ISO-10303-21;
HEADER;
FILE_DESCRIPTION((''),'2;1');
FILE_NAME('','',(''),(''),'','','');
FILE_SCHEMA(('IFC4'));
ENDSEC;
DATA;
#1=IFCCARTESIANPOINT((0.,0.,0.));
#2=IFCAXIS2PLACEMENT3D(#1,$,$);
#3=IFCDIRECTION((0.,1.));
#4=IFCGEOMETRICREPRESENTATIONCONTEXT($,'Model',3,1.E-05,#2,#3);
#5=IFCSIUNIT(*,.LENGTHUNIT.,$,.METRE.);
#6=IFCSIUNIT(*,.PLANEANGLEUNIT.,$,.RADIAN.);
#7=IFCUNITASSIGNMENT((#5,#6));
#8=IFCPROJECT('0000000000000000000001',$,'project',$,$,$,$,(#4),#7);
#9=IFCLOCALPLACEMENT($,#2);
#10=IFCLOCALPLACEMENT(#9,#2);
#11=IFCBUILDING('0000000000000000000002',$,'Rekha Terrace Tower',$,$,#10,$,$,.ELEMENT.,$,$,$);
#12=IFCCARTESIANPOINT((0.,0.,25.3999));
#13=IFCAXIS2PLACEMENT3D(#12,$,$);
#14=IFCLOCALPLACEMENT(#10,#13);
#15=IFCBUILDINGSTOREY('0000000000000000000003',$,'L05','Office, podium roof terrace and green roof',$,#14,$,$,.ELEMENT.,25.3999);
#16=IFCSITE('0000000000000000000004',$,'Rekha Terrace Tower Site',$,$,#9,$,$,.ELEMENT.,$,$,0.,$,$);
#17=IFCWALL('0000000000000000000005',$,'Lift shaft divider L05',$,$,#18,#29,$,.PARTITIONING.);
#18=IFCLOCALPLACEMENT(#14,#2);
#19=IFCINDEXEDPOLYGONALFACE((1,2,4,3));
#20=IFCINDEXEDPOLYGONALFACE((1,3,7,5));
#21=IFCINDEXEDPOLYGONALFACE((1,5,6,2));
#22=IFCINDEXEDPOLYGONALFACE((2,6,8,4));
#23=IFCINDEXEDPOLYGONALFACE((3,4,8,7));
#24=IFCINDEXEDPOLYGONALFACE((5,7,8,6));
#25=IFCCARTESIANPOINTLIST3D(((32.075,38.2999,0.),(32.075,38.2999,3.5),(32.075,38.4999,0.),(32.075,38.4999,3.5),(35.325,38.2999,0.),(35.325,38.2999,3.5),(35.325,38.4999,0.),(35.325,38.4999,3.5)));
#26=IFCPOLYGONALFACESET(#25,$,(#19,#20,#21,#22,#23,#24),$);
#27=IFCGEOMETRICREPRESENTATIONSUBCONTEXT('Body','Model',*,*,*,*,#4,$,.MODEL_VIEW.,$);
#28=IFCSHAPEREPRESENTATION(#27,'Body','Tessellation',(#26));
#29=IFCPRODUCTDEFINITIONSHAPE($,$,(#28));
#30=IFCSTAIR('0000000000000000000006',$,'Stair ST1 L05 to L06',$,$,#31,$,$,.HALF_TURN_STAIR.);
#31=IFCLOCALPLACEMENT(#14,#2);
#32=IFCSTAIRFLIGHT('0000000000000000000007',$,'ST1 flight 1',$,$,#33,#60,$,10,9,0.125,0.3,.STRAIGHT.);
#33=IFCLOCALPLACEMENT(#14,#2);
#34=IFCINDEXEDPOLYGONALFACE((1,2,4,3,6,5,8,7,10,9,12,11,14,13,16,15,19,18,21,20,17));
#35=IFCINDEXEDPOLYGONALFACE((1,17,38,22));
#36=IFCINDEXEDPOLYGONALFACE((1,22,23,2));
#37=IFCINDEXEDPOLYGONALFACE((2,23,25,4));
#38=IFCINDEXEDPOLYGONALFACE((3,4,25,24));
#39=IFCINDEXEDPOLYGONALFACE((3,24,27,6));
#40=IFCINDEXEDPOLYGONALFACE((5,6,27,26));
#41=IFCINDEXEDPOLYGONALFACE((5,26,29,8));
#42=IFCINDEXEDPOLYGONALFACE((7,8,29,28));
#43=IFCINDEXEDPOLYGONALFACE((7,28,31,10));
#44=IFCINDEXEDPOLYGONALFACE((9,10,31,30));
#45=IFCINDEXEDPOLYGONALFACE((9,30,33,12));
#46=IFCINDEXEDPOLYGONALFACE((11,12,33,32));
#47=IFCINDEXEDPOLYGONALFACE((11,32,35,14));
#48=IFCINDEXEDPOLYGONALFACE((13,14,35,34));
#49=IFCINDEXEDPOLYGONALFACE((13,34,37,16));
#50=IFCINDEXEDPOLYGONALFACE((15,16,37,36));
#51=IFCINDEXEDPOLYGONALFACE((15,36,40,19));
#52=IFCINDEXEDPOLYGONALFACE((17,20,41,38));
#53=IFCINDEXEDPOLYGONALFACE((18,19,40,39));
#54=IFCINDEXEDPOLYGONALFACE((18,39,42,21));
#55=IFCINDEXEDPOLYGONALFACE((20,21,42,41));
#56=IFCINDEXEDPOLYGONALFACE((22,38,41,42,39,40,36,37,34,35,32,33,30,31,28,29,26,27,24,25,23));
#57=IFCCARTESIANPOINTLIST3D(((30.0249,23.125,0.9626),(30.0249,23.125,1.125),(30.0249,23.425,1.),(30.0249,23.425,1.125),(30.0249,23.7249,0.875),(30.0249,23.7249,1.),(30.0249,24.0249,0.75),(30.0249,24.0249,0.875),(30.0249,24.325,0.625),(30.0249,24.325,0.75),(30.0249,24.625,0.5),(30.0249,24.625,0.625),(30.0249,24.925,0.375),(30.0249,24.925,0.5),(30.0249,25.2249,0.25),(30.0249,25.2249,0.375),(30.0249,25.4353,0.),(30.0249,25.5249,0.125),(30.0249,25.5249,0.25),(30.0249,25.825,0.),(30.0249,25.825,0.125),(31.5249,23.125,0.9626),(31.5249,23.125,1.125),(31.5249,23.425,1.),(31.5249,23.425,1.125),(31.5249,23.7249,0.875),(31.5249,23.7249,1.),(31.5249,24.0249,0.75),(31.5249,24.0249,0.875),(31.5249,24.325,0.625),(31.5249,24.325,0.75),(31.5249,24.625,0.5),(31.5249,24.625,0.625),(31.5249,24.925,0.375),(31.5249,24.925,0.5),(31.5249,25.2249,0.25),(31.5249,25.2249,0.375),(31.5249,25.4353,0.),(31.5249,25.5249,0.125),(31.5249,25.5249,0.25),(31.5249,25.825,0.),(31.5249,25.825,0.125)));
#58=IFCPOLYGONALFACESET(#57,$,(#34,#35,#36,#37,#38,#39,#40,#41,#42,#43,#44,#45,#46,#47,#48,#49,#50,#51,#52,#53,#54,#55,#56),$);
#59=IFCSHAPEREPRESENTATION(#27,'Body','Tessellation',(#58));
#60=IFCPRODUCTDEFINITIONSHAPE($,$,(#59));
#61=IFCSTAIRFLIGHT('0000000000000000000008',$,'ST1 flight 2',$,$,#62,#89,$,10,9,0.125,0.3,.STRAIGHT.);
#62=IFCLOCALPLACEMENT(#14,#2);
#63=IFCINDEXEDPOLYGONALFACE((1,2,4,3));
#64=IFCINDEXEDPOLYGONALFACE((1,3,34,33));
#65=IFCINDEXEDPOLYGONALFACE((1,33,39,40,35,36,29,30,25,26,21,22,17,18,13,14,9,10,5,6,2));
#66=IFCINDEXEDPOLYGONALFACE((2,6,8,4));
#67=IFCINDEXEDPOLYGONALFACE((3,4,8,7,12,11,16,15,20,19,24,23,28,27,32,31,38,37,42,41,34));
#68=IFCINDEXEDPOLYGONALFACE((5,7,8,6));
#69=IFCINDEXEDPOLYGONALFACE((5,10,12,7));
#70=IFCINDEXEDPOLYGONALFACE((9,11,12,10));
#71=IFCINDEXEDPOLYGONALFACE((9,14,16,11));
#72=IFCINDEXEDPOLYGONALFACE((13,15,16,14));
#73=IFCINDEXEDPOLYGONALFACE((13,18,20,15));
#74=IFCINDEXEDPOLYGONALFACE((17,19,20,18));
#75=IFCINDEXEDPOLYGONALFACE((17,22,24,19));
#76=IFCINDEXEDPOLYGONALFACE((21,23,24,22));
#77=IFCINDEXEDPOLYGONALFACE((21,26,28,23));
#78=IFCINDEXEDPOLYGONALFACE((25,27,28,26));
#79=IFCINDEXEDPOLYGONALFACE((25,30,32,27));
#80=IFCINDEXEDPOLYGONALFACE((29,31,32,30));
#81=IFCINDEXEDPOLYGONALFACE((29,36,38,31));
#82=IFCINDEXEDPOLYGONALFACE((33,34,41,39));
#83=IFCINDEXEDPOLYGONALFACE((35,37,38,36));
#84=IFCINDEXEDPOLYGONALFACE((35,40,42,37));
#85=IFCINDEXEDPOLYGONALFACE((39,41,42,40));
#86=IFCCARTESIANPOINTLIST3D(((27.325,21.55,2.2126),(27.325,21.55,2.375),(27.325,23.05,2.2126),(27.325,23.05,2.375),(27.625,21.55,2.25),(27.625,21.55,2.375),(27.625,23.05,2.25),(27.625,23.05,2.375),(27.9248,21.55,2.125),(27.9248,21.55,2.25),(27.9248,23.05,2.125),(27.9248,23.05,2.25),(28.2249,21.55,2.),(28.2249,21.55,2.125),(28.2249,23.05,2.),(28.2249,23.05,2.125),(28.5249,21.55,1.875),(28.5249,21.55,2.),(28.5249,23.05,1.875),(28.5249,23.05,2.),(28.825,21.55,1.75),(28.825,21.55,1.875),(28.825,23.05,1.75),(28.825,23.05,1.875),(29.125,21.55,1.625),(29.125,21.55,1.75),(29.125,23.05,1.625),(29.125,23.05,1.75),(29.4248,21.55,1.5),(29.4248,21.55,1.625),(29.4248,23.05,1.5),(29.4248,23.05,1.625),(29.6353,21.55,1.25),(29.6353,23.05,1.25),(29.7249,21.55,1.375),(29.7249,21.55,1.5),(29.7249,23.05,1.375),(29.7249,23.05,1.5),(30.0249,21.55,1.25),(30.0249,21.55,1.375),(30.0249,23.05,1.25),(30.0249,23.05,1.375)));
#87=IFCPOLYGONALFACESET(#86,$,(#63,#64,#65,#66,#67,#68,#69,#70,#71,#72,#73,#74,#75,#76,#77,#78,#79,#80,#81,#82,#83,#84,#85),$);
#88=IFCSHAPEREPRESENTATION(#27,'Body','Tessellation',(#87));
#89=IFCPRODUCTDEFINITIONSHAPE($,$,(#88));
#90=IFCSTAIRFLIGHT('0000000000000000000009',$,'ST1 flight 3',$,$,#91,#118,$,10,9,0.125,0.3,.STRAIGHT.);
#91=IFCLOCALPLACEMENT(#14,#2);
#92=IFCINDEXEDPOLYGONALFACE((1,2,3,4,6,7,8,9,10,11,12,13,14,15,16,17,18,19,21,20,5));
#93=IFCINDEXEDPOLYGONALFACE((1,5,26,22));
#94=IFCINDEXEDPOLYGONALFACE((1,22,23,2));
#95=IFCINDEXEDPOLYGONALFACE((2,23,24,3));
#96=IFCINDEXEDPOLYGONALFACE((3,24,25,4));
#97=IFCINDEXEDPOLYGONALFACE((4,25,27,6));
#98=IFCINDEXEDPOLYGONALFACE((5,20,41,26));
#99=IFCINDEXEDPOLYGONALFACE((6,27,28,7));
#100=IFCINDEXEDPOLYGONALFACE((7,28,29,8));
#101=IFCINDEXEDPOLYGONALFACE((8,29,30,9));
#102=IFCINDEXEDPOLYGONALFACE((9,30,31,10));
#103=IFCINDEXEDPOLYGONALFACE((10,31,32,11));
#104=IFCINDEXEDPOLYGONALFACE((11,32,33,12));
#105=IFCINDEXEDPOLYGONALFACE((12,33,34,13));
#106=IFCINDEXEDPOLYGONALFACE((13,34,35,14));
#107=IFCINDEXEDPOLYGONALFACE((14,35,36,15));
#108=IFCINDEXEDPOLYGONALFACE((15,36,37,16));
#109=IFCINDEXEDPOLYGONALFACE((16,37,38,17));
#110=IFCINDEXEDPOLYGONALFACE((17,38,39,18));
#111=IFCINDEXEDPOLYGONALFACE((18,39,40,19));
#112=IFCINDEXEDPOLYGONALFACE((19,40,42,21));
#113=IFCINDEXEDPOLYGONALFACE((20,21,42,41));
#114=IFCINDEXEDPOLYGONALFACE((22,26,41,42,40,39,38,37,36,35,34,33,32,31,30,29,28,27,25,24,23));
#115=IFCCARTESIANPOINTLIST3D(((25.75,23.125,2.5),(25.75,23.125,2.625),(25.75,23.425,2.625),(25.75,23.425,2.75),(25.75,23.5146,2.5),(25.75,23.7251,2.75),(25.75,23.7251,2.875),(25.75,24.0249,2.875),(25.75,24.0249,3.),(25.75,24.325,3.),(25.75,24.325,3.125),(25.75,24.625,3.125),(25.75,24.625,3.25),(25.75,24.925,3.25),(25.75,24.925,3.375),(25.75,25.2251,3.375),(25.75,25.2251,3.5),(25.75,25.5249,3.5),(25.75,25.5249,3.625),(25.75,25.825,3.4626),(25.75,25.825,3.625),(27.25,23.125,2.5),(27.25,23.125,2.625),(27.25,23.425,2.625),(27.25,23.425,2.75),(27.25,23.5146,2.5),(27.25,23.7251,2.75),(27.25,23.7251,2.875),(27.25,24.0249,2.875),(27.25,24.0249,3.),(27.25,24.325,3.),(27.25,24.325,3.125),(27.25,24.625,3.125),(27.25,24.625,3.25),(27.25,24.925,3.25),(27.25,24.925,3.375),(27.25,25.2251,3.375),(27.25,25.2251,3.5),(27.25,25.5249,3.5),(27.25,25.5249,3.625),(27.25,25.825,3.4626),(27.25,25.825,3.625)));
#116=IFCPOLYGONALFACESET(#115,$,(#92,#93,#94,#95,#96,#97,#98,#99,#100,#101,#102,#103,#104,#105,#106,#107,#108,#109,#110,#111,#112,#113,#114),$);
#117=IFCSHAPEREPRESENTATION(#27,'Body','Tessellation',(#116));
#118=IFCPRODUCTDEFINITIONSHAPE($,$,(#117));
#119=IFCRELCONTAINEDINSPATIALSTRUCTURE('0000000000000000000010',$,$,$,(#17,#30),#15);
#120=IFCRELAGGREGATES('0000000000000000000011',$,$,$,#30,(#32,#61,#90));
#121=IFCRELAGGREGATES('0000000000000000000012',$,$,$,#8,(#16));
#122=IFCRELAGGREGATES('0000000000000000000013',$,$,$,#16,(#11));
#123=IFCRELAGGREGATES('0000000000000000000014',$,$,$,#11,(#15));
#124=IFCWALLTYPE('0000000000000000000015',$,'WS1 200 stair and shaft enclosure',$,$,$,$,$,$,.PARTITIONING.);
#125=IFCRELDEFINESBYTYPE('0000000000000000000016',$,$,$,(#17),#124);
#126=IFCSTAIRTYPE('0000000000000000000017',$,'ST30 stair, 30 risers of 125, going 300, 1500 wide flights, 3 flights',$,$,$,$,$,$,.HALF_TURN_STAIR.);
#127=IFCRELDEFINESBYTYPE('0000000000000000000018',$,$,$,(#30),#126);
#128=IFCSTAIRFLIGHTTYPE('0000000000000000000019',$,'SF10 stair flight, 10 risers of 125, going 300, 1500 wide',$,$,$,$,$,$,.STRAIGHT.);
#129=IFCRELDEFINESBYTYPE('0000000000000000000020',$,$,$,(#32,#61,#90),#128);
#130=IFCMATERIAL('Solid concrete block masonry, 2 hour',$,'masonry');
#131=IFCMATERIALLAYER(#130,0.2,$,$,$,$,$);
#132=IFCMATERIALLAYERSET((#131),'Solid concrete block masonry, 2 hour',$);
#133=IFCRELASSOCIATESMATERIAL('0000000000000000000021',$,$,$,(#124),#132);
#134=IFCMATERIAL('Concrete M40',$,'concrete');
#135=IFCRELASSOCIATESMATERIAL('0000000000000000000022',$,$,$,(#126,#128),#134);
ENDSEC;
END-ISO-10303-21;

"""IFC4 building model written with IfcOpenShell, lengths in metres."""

from ifc_helpers import new_model, si_unit, direction, frame, frame_2d, origin, place, context, subcontext, project, spatial, polyline, rectangle, outline, extrude, material, layer, layer_set, type_object, element, aggregate, save


model = new_model("IFC4")

# Units and contexts
model_context = context("Model", 3, precision=1e-05, world=origin(), true_north=direction((0.0, 1.0)))
body_context = subcontext(model_context, "Body", "Model", "MODEL_VIEW")
ifc_project = project(units=[si_unit("LENGTHUNIT", "METRE"), si_unit("PLANEANGLEUNIT", "RADIAN")], contexts=[model_context])

# Site, building, storey
site_placement = place(None, origin())
site = spatial("IfcSite", under=ifc_project, at=site_placement, Name="Rekha Terrace Tower Site", CompositionType="ELEMENT", RefElevation=0.0)
building_placement = place(site_placement, origin())
building = spatial("IfcBuilding", under=site, at=building_placement, Name="Rekha Terrace Tower", CompositionType="ELEMENT")
storey_placement = place(building_placement, frame((0.0, 0.0, 25.3999)))
storey = spatial("IfcBuildingStorey", under=building, at=storey_placement, Name="L05", Description="Office, podium roof terrace and green roof", CompositionType="ELEMENT", Elevation=25.3999)

# Wall
ifc_material_1 = material(Name="Solid concrete block masonry, 2 hour", Category="masonry")
ifc_layer_1 = layer(ifc_material_1, 0.2)
ifc_layer_set_1 = layer_set([ifc_layer_1], Name="Solid concrete block masonry, 2 hour")
wall_type_1 = type_object("IfcWallType", Name="WS1 200 stair and shaft enclosure", PredefinedType="PARTITIONING", material=ifc_layer_set_1)
for number, where, z_axis, x_axis, name in (
    (1, (32.075, 38.3999, 0.0), (0.0, 0.0, 1.0), (1.0, 0.0, 0.0), "Lift shaft divider L05"),
):
    element("IfcWall", number, at=place(storey_placement, frame(where, z_axis=z_axis, x_axis=x_axis)), inside=storey, type_object=wall_type_1, Name=name, PredefinedType="PARTITIONING", context=body_context, shape_type="SweptSolid", body=[
        extrude(rectangle(XDim=3.25, YDim=0.2, at=frame_2d((1.625, 0.0))), origin(), (0.0, 0.0, 1.0), 3.5),
    ])

# Stair, stair flights
ifc_material_2 = material(Name="Concrete M40", Category="concrete")
stair_type = type_object("IfcStairType", Name="ST30 stair, 30 risers of 125, going 300, 1500 wide flights, 3 flights", PredefinedType="HALF_TURN_STAIR", material=ifc_material_2)
stair_placement = place(storey_placement, origin())
stair = element("IfcStair", 2, at=stair_placement, inside=storey, type_object=stair_type, Name="Stair ST1 L05 to L06", PredefinedType="HALF_TURN_STAIR")
stair_flight_type = type_object("IfcStairFlightType", Name="SF10 stair flight, 10 risers of 125, going 300, 1500 wide", PredefinedType="STRAIGHT", material=ifc_material_2)
stair_flight_1_placement = place(storey_placement, frame((30.7749, 25.825, 0.0), z_axis=(0.0, 0.0, 1.0), x_axis=(0.0, -1.0, 0.0)))
stair_flight_1 = element("IfcStairFlight", 3, at=stair_flight_1_placement, type_object=stair_flight_type, Name="ST1 flight 1", NumberOfRisers=10, NumberOfTreads=9, PredefinedType="STRAIGHT", RiserHeight=0.125, TreadLength=0.3, context=body_context, shape_type="SweptSolid", body=[
    extrude(outline(polyline([(0.0, 0.0), (0.0, 0.125), (0.3, 0.125), (0.3, 0.25), (0.6001, 0.25), (0.6001, 0.375), (0.8999, 0.375), (0.8999, 0.5), (1.2, 0.5), (1.2, 0.625), (1.5, 0.625), (1.5, 0.75), (1.8, 0.75), (1.8, 0.875), (2.1001, 0.875), (2.1001, 1.0), (2.3999, 1.0), (2.3999, 1.125), (2.7, 1.125), (2.7, 1.25), (2.7, 0.9626), (0.3896, 0.0), (0.0, 0.0)])), frame((0.0, 0.75, 0.0), z_axis=(0.0, -1.0, 0.0), x_axis=(1.0, 0.0, 0.0)), (0.0, 0.0, 1.0), 1.5),
])
stair_flight_2_placement = place(storey_placement, frame((30.0249, 22.3, 1.25), z_axis=(0.0, 0.0, 1.0), x_axis=(-1.0, 0.0, 0.0)))
stair_flight_2 = element("IfcStairFlight", 4, at=stair_flight_2_placement, type_object=stair_flight_type, Name="ST1 flight 2", NumberOfRisers=10, NumberOfTreads=9, PredefinedType="STRAIGHT", RiserHeight=0.125, TreadLength=0.3, context=body_context, shape_type="SweptSolid", body=[
    extrude(outline(polyline([(0.0, 0.0), (0.0, 0.125), (0.3, 0.125), (0.3, 0.25), (0.6001, 0.25), (0.6001, 0.375), (0.8999, 0.375), (0.8999, 0.5), (1.2, 0.5), (1.2, 0.625), (1.5, 0.625), (1.5, 0.75), (1.8, 0.75), (1.8, 0.875), (2.1001, 0.875), (2.1001, 1.0), (2.3999, 1.0), (2.3999, 1.125), (2.7, 1.125), (2.7, 1.25), (2.7, 0.9626), (0.3896, 0.0), (0.0, 0.0)])), frame((0.0, 0.75, 0.0), z_axis=(0.0, -1.0, 0.0), x_axis=(1.0, 0.0, 0.0)), (0.0, 0.0, 1.0), 1.5),
])
stair_flight_3_placement = place(storey_placement, frame((26.5, 23.125, 2.5), z_axis=(0.0, 0.0, 1.0), x_axis=(0.0, 1.0, 0.0)))
stair_flight_3 = element("IfcStairFlight", 5, at=stair_flight_3_placement, type_object=stair_flight_type, Name="ST1 flight 3", NumberOfRisers=10, NumberOfTreads=9, PredefinedType="STRAIGHT", RiserHeight=0.125, TreadLength=0.3, context=body_context, shape_type="SweptSolid", body=[
    extrude(outline(polyline([(0.0, 0.0), (0.0, 0.125), (0.3, 0.125), (0.3, 0.25), (0.6001, 0.25), (0.6001, 0.375), (0.8999, 0.375), (0.8999, 0.5), (1.2, 0.5), (1.2, 0.625), (1.5, 0.625), (1.5, 0.75), (1.8, 0.75), (1.8, 0.875), (2.1001, 0.875), (2.1001, 1.0), (2.3999, 1.0), (2.3999, 1.125), (2.7, 1.125), (2.7, 1.25), (2.7, 0.9626), (0.3896, 0.0), (0.0, 0.0)])), frame((0.0, 0.75, 0.0), z_axis=(0.0, -1.0, 0.0), x_axis=(1.0, 0.0, 0.0)), (0.0, 0.0, 1.0), 1.5),
])
aggregate(stair, [stair_flight_1, stair_flight_2, stair_flight_3])

save(model, "model.ifc")
